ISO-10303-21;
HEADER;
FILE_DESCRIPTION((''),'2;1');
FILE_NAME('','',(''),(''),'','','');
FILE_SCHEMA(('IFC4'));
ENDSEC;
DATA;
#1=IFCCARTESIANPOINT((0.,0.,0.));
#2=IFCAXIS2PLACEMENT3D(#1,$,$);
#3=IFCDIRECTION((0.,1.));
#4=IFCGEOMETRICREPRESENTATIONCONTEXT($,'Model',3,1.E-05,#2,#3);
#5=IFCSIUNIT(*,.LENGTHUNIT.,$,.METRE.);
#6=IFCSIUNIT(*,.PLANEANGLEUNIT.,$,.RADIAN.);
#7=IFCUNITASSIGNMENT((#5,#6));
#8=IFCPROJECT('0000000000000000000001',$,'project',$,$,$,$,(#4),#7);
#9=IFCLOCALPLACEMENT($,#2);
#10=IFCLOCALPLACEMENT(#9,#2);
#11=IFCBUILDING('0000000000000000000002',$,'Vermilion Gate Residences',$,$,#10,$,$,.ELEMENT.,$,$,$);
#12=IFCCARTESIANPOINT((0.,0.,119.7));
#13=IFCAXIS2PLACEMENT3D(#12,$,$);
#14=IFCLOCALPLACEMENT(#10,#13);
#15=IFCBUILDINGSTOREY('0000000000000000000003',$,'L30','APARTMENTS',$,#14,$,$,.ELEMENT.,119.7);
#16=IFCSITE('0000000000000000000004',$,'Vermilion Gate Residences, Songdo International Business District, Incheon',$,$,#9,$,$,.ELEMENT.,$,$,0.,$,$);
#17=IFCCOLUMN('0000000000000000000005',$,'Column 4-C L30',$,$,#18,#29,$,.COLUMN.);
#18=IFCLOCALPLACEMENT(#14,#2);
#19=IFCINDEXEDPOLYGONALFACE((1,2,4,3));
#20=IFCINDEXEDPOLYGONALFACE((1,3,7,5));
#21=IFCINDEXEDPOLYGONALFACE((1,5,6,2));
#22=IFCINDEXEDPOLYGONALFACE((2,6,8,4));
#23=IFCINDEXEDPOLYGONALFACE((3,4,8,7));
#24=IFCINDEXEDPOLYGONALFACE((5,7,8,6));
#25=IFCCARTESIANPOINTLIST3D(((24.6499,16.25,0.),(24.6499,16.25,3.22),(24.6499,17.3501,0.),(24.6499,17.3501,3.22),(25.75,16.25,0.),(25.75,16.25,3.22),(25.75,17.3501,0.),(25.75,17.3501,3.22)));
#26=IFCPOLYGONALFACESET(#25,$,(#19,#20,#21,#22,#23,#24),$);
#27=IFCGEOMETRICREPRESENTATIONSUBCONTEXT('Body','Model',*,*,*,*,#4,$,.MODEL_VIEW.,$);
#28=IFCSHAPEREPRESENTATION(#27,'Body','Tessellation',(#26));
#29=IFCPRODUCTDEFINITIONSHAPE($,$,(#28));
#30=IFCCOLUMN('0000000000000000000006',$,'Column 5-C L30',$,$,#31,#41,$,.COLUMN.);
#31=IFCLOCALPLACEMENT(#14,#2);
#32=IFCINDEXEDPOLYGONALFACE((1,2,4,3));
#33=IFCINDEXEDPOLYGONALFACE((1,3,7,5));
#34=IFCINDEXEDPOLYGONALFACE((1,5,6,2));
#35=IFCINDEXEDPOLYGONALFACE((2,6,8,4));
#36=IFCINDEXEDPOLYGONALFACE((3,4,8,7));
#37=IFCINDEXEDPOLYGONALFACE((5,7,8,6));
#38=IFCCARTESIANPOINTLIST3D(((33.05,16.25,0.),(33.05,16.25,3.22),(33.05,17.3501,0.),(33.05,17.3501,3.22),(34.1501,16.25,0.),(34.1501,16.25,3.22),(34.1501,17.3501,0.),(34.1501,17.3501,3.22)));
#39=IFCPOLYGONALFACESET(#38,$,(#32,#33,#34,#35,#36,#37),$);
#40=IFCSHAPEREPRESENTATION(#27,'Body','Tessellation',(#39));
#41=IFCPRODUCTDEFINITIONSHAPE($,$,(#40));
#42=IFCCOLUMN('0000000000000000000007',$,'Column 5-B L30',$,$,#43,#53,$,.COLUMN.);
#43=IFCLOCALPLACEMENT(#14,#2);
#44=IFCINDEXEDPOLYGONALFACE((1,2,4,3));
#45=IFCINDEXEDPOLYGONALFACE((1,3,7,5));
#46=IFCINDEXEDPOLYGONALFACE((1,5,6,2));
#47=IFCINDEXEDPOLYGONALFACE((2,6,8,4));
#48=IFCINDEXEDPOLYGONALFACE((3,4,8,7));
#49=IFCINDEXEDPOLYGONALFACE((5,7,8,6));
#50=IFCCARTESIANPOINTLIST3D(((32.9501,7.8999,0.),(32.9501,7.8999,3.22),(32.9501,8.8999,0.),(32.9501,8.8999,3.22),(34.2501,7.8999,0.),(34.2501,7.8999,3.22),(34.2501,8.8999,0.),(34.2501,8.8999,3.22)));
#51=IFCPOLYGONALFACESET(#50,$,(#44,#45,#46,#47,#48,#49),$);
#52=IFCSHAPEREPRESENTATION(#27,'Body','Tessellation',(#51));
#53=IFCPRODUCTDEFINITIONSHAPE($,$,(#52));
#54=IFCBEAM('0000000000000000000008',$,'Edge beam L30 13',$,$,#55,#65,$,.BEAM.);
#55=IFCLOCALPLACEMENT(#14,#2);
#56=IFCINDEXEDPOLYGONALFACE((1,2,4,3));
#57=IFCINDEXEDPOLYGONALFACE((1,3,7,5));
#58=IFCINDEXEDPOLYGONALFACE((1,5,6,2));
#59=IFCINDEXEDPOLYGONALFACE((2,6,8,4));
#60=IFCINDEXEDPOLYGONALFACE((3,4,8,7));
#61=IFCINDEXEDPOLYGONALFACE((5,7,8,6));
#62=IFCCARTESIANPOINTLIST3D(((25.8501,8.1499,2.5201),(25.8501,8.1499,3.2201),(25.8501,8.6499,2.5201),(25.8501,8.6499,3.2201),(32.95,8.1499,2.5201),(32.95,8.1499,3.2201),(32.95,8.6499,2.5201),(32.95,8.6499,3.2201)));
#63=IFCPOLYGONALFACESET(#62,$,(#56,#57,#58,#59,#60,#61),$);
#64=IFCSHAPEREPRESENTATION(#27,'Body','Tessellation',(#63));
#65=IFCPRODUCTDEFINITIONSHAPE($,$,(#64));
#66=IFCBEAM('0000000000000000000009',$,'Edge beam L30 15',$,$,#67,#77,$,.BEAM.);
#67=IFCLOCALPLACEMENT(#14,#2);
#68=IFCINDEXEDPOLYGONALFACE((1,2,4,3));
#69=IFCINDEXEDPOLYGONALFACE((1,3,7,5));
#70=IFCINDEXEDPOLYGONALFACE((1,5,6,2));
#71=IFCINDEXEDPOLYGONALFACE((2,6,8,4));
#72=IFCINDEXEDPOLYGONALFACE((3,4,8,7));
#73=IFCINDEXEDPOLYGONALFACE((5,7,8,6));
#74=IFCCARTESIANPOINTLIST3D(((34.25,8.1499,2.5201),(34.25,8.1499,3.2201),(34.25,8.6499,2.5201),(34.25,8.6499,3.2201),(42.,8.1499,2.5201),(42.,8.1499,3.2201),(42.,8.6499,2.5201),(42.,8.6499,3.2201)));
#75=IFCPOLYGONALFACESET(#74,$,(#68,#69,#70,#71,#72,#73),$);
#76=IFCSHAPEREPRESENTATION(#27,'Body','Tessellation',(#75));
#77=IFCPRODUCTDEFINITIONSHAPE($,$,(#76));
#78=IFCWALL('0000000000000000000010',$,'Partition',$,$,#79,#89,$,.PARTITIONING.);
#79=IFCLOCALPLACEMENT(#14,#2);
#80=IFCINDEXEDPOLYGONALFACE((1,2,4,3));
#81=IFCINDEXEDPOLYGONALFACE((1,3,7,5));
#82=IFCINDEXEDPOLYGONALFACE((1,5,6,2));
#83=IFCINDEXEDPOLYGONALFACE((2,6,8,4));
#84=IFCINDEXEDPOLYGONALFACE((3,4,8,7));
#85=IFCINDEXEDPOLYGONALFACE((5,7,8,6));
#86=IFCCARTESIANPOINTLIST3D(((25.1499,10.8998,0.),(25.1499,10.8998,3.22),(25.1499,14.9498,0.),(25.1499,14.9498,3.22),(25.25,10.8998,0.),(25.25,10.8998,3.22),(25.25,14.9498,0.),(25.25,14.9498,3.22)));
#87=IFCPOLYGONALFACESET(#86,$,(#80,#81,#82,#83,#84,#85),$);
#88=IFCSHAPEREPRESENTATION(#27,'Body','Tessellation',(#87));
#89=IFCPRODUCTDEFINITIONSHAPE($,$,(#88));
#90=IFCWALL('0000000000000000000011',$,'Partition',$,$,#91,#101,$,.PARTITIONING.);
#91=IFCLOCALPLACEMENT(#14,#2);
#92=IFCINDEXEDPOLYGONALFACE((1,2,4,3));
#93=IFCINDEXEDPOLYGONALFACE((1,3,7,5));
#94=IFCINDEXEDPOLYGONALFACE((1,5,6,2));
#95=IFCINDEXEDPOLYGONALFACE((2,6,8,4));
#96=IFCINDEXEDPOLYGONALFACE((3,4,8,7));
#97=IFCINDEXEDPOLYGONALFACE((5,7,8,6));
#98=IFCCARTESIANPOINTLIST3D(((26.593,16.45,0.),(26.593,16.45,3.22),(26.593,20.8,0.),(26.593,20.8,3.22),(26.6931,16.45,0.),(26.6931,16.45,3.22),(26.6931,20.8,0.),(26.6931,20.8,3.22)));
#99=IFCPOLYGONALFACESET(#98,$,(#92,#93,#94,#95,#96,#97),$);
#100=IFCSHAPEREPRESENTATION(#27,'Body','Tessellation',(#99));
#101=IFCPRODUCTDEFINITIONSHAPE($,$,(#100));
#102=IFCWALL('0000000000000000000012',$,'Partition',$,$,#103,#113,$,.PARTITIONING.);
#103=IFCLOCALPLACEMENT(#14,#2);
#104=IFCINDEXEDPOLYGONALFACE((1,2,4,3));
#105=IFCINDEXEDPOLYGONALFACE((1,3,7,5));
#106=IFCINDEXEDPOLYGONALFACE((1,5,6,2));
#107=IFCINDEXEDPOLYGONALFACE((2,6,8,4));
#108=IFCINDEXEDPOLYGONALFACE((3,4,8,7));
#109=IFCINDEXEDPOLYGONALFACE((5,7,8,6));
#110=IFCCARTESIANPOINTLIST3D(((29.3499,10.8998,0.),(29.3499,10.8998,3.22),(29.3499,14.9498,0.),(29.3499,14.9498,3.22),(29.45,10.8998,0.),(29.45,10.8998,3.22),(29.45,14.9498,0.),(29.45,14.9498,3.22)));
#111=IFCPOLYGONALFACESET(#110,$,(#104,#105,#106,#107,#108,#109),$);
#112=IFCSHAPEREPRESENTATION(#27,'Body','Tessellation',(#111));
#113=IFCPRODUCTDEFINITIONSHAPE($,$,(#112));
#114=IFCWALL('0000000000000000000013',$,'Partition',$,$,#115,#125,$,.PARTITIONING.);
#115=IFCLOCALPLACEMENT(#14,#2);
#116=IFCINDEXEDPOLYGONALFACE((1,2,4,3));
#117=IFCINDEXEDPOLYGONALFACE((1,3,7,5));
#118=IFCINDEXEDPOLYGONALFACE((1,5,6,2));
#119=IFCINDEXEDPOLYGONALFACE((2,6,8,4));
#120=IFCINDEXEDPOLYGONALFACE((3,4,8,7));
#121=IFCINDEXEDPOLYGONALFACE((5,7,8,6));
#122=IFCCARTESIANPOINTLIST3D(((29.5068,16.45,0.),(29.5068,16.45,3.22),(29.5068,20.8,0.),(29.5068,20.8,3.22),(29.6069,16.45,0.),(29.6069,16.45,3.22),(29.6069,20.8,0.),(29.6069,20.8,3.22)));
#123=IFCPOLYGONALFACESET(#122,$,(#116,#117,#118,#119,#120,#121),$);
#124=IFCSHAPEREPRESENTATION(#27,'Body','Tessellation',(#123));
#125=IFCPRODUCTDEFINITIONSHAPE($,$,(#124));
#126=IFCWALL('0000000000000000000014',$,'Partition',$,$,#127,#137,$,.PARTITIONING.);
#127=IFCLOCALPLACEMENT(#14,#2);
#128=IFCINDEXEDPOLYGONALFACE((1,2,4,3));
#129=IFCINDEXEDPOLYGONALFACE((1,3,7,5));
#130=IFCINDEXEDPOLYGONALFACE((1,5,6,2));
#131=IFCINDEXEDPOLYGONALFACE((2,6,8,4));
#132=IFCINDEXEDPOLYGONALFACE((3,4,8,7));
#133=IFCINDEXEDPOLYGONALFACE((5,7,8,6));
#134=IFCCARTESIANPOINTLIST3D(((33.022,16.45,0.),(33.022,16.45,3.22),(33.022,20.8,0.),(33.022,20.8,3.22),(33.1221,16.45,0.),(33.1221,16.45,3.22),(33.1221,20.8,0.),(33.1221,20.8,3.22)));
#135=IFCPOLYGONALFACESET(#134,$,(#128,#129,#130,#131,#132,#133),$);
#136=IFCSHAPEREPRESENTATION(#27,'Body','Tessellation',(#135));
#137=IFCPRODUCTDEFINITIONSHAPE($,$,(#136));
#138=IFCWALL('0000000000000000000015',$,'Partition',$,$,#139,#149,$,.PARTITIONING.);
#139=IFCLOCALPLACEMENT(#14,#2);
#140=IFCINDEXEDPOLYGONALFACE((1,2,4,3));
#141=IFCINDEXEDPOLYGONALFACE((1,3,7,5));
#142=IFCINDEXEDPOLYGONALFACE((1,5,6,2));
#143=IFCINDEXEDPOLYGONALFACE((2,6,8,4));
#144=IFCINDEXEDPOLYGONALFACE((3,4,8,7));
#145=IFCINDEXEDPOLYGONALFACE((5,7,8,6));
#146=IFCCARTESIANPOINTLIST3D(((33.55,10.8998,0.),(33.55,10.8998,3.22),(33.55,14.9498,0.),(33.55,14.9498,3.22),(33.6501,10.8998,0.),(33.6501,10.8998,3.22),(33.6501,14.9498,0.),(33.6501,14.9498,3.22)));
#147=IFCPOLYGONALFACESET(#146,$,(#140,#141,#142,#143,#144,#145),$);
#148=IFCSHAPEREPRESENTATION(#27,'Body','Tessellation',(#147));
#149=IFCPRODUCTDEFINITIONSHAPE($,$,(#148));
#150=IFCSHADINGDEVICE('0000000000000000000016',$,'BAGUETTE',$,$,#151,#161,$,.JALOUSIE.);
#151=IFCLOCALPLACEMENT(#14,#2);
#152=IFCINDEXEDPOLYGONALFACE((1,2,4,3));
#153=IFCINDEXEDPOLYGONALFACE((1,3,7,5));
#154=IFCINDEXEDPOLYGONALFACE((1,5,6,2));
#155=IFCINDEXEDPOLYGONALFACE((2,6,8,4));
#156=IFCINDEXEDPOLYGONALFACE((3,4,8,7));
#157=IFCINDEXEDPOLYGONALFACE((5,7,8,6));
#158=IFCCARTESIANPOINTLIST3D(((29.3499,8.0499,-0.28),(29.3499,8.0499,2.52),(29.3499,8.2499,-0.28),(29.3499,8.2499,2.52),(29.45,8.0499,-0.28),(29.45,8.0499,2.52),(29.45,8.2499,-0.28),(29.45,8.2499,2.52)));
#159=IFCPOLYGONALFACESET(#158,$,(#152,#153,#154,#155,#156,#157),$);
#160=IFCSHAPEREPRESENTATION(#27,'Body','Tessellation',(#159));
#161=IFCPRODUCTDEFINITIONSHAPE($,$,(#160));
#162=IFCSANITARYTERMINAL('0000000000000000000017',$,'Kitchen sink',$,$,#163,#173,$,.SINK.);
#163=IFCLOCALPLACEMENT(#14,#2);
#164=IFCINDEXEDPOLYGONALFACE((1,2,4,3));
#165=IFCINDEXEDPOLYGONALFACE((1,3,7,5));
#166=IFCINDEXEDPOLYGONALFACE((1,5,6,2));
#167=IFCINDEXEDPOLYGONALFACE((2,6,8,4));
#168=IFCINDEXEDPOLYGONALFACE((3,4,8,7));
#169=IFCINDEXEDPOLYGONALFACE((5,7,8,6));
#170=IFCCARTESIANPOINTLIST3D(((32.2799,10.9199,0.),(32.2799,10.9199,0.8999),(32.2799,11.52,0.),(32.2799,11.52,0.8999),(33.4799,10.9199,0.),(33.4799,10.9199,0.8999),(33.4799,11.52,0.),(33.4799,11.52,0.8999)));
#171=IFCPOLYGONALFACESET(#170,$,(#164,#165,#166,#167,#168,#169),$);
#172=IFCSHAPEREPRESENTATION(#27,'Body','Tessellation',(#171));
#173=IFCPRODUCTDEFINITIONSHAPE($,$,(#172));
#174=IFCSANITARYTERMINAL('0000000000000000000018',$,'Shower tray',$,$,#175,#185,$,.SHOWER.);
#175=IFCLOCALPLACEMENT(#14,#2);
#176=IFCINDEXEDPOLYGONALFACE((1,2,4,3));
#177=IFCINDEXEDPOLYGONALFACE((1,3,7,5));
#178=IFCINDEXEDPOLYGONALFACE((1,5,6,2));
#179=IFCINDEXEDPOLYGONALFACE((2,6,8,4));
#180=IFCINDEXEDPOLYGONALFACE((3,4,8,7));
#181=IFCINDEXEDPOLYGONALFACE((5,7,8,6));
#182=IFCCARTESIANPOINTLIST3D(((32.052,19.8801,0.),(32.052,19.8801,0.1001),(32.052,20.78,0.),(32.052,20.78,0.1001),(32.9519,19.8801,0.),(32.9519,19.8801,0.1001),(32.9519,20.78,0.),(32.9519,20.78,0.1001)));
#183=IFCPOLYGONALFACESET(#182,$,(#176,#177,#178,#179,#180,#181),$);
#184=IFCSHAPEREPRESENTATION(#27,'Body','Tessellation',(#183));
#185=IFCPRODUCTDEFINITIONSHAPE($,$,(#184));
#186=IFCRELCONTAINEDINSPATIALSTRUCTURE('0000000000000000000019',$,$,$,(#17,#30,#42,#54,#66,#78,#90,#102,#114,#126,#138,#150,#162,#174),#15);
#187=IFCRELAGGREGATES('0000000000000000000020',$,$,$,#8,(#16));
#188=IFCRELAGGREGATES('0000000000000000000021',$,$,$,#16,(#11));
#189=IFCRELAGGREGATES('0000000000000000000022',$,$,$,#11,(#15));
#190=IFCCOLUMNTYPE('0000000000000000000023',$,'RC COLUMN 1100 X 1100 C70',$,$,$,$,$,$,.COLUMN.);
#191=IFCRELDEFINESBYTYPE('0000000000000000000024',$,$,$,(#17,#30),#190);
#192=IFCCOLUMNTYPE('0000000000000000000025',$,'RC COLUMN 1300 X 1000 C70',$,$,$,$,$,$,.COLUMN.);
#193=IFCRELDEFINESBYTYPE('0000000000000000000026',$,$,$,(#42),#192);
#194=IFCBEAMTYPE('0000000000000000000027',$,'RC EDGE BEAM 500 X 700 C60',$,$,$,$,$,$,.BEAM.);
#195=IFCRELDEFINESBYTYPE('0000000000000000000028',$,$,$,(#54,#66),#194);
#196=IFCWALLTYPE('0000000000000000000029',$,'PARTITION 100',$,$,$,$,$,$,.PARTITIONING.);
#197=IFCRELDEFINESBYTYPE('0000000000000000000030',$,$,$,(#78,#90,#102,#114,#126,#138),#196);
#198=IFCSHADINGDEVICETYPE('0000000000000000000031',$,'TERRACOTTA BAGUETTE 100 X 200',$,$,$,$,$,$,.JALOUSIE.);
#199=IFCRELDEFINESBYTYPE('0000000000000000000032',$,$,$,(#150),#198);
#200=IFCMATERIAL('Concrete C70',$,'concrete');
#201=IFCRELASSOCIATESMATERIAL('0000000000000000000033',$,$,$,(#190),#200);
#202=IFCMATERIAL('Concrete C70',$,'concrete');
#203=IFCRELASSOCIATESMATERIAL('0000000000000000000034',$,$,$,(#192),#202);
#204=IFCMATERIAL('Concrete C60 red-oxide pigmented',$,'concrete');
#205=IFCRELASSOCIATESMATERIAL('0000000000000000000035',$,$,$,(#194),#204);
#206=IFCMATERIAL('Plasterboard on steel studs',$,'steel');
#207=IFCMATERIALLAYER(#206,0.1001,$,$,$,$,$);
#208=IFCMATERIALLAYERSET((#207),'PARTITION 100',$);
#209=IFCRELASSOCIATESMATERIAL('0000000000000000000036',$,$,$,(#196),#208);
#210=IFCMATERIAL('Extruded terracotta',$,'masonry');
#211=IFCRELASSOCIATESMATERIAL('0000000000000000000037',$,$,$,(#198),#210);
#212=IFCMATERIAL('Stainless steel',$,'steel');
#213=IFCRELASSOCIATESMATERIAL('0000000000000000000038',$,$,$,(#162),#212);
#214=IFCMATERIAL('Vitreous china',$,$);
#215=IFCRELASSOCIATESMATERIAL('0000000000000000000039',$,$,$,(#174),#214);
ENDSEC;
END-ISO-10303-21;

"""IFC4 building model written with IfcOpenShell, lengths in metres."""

from ifc_helpers import new_model, si_unit, direction, frame, frame_2d, origin, origin_2d, place, context, subcontext, project, spatial, rectangle, extrude, material, layer, layer_set, material_profile, profile_set, type_object, element, save


model = new_model("IFC4")

# Units and contexts
model_context = context("Model", 3, precision=1e-05, world=origin(), true_north=direction((0.0, 1.0)))
body_context = subcontext(model_context, "Body", "Model", "MODEL_VIEW")
ifc_project = project(units=[si_unit("LENGTHUNIT", "METRE"), si_unit("PLANEANGLEUNIT", "RADIAN")], contexts=[model_context])

# Site, building, storey
site_placement = place(None, origin())
site = spatial("IfcSite", under=ifc_project, at=site_placement, Name="Vermilion Gate Residences, Songdo International Business District, Incheon", CompositionType="ELEMENT", RefElevation=0.0)
building_placement = place(site_placement, origin())
building = spatial("IfcBuilding", under=site, at=building_placement, Name="Vermilion Gate Residences", CompositionType="ELEMENT")
storey_placement = place(building_placement, frame((0.0, 0.0, 119.7)))
storey = spatial("IfcBuildingStorey", under=building, at=storey_placement, Name="L30", Description="APARTMENTS", CompositionType="ELEMENT", Elevation=119.7)

# Columns
ifc_material_1 = material(Name="Concrete C70", Category="concrete")
ifc_material_profile_1 = material_profile(ifc_material_1, rectangle(XDim=1.1001, YDim=1.1001, at=origin_2d()), Name="RC-1100x1100")
ifc_profile_set_1 = profile_set([ifc_material_profile_1], Name="Concrete C70")
column_type_1 = type_object("IfcColumnType", Name="RC COLUMN 1100 X 1100 C70", PredefinedType="COLUMN", material=ifc_profile_set_1)
for number, where, z_axis, x_axis, name in (
    (1, (25.2, 16.8, 0.0), (0.0, 0.0, 1.0), (1.0, 0.0, 0.0), "Column 4-C L30"),
    (2, (33.6001, 16.8, 0.0), (0.0, 0.0, 1.0), (1.0, 0.0, 0.0), "Column 5-C L30"),
):
    element("IfcColumn", number, at=place(storey_placement, frame(where, z_axis=z_axis, x_axis=x_axis)), inside=storey, type_object=column_type_1, Name=name, PredefinedType="COLUMN", context=body_context, shape_type="SweptSolid", body=[
        extrude(rectangle(XDim=1.1001, YDim=1.1001, at=origin_2d()), origin(), (0.0, 0.0, 1.0), 3.22),
    ])
ifc_material_2 = material(Name="Concrete C70", Category="concrete")
ifc_material_profile_2 = material_profile(ifc_material_2, rectangle(XDim=1.3, YDim=1.0, at=origin_2d()), Name="RC-1300x1000")
ifc_profile_set_2 = profile_set([ifc_material_profile_2], Name="Concrete C70")
column_type_2 = type_object("IfcColumnType", Name="RC COLUMN 1300 X 1000 C70", PredefinedType="COLUMN", material=ifc_profile_set_2)
column_placement = place(storey_placement, frame((33.6001, 8.3999, 0.0), z_axis=(0.0, 0.0, 1.0), x_axis=(1.0, 0.0, 0.0)))
element("IfcColumn", 3, at=column_placement, inside=storey, type_object=column_type_2, Name="Column 5-B L30", PredefinedType="COLUMN", context=body_context, shape_type="SweptSolid", body=[
    extrude(rectangle(XDim=1.3, YDim=1.0, at=origin_2d()), origin(), (0.0, 0.0, 1.0), 3.22),
])

# Beams
ifc_material_3 = material(Name="Concrete C60 red-oxide pigmented", Category="concrete")
ifc_material_profile_3 = material_profile(ifc_material_3, rectangle(XDim=0.5, YDim=0.7, at=origin_2d()), Name="RC-500x700")
ifc_profile_set_3 = profile_set([ifc_material_profile_3], Name="Concrete C60 red-oxide pigmented")
beam_type = type_object("IfcBeamType", Name="RC EDGE BEAM 500 X 700 C60", PredefinedType="BEAM", material=ifc_profile_set_3)
beam_1_placement = place(storey_placement, frame((25.8501, 8.3999, 2.8701), z_axis=(1.0, 0.0, 0.0), x_axis=(0.0, 1.0, 0.0)))
element("IfcBeam", 4, at=beam_1_placement, inside=storey, type_object=beam_type, Name="Edge beam L30 13", PredefinedType="BEAM", context=body_context, shape_type="SweptSolid", body=[
    extrude(rectangle(XDim=0.5, YDim=0.7, at=origin_2d()), origin(), (0.0, 0.0, 1.0), 7.0999),
])
beam_2_placement = place(storey_placement, frame((34.25, 8.3999, 2.8701), z_axis=(1.0, 0.0, 0.0), x_axis=(0.0, 1.0, 0.0)))
element("IfcBeam", 5, at=beam_2_placement, inside=storey, type_object=beam_type, Name="Edge beam L30 15", PredefinedType="BEAM", context=body_context, shape_type="SweptSolid", body=[
    extrude(rectangle(XDim=0.5, YDim=0.7, at=origin_2d()), origin(), (0.0, 0.0, 1.0), 7.75),
])

# Walls
ifc_material_4 = material(Name="Plasterboard on steel studs", Category="steel")
ifc_layer = layer(ifc_material_4, 0.1001)
ifc_layer_set = layer_set([ifc_layer], Name="PARTITION 100")
wall_type = type_object("IfcWallType", Name="PARTITION 100", PredefinedType="PARTITIONING", material=ifc_layer_set)
wall_1_placement = place(storey_placement, frame((25.2, 10.8999, 0.0), z_axis=(0.0, 0.0, 1.0), x_axis=(0.0, 1.0, 0.0)))
element("IfcWall", 6, at=wall_1_placement, inside=storey, type_object=wall_type, Name="Partition", PredefinedType="PARTITIONING", context=body_context, shape_type="SweptSolid", body=[
    extrude(rectangle(XDim=4.05, YDim=0.1001, at=frame_2d((2.0249, 0.0))), origin(), (0.0, 0.0, 1.0), 3.22),
])
wall_2_placement = place(storey_placement, frame((26.6431, 16.45, 0.0), z_axis=(0.0, 0.0, 1.0), x_axis=(0.0, 1.0, 0.0)))
element("IfcWall", 7, at=wall_2_placement, inside=storey, type_object=wall_type, Name="Partition", PredefinedType="PARTITIONING", context=body_context, shape_type="SweptSolid", body=[
    extrude(rectangle(XDim=4.3501, YDim=0.1001, at=frame_2d((2.175, 0.0))), origin(), (0.0, 0.0, 1.0), 3.22),
])
wall_3_placement = place(storey_placement, frame((29.3999, 10.8999, 0.0), z_axis=(0.0, 0.0, 1.0), x_axis=(0.0, 1.0, 0.0)))
element("IfcWall", 8, at=wall_3_placement, inside=storey, type_object=wall_type, Name="Partition", PredefinedType="PARTITIONING", context=body_context, shape_type="SweptSolid", body=[
    extrude(rectangle(XDim=4.05, YDim=0.1001, at=frame_2d((2.0249, 0.0))), origin(), (0.0, 0.0, 1.0), 3.22),
])
for number, where, z_axis, x_axis, name in (
    (9, (29.5569, 16.45, 0.0), (0.0, 0.0, 1.0), (0.0, 1.0, 0.0), "Partition"),
    (10, (33.072, 16.45, 0.0), (0.0, 0.0, 1.0), (0.0, 1.0, 0.0), "Partition"),
):
    element("IfcWall", number, at=place(storey_placement, frame(where, z_axis=z_axis, x_axis=x_axis)), inside=storey, type_object=wall_type, Name=name, PredefinedType="PARTITIONING", context=body_context, shape_type="SweptSolid", body=[
        extrude(rectangle(XDim=4.3501, YDim=0.1001, at=frame_2d((2.175, 0.0))), origin(), (0.0, 0.0, 1.0), 3.22),
    ])
wall_4_placement = place(storey_placement, frame((33.6001, 10.8999, 0.0), z_axis=(0.0, 0.0, 1.0), x_axis=(0.0, 1.0, 0.0)))
element("IfcWall", 11, at=wall_4_placement, inside=storey, type_object=wall_type, Name="Partition", PredefinedType="PARTITIONING", context=body_context, shape_type="SweptSolid", body=[
    extrude(rectangle(XDim=4.05, YDim=0.1001, at=frame_2d((2.0249, 0.0))), origin(), (0.0, 0.0, 1.0), 3.22),
])

# Shading device
ifc_material_5 = material(Name="Extruded terracotta", Category="masonry")
ifc_material_profile_4 = material_profile(ifc_material_5, rectangle(XDim=0.2, YDim=0.1001, at=origin_2d()), Name="BAGUETTE 100 X 200")
ifc_profile_set_4 = profile_set([ifc_material_profile_4], Name="Extruded terracotta")
shading_device_type = type_object("IfcShadingDeviceType", Name="TERRACOTTA BAGUETTE 100 X 200", PredefinedType="JALOUSIE", material=ifc_profile_set_4)
shading_device_placement = place(storey_placement, frame((29.3999, 8.1499, -0.28), z_axis=(0.0, 0.0, 1.0), x_axis=(0.0, 1.0, 0.0)))
element("IfcShadingDevice", 12, at=shading_device_placement, inside=storey, type_object=shading_device_type, Name="BAGUETTE", PredefinedType="JALOUSIE", context=body_context, shape_type="SweptSolid", body=[
    extrude(rectangle(XDim=0.2, YDim=0.1001, at=origin_2d()), origin(), (0.0, 0.0, 1.0), 2.8),
])

# Sanitary terminals
ifc_material_6 = material(Name="Stainless steel", Category="steel")
sanitary_terminal_1_placement = place(storey_placement, frame((32.8799, 11.22, 0.0), z_axis=(0.0, 0.0, 1.0), x_axis=(1.0, 0.0, 0.0)))
element("IfcSanitaryTerminal", 13, at=sanitary_terminal_1_placement, inside=storey, material=ifc_material_6, Name="Kitchen sink", PredefinedType="SINK", context=body_context, shape_type="SweptSolid", body=[
    extrude(rectangle(XDim=1.2, YDim=0.6001, at=origin_2d()), origin(), (0.0, 0.0, 1.0), 0.8999),
])
ifc_material_7 = material(Name="Vitreous china")
sanitary_terminal_2_placement = place(storey_placement, frame((32.502, 20.3301, 0.0), z_axis=(0.0, 0.0, 1.0), x_axis=(1.0, 0.0, 0.0)))
element("IfcSanitaryTerminal", 14, at=sanitary_terminal_2_placement, inside=storey, material=ifc_material_7, Name="Shower tray", PredefinedType="SHOWER", context=body_context, shape_type="SweptSolid", body=[
    extrude(rectangle(XDim=0.8999, YDim=0.8999, at=origin_2d()), origin(), (0.0, 0.0, 1.0), 0.1001),
])

save(model, "model.ifc")
